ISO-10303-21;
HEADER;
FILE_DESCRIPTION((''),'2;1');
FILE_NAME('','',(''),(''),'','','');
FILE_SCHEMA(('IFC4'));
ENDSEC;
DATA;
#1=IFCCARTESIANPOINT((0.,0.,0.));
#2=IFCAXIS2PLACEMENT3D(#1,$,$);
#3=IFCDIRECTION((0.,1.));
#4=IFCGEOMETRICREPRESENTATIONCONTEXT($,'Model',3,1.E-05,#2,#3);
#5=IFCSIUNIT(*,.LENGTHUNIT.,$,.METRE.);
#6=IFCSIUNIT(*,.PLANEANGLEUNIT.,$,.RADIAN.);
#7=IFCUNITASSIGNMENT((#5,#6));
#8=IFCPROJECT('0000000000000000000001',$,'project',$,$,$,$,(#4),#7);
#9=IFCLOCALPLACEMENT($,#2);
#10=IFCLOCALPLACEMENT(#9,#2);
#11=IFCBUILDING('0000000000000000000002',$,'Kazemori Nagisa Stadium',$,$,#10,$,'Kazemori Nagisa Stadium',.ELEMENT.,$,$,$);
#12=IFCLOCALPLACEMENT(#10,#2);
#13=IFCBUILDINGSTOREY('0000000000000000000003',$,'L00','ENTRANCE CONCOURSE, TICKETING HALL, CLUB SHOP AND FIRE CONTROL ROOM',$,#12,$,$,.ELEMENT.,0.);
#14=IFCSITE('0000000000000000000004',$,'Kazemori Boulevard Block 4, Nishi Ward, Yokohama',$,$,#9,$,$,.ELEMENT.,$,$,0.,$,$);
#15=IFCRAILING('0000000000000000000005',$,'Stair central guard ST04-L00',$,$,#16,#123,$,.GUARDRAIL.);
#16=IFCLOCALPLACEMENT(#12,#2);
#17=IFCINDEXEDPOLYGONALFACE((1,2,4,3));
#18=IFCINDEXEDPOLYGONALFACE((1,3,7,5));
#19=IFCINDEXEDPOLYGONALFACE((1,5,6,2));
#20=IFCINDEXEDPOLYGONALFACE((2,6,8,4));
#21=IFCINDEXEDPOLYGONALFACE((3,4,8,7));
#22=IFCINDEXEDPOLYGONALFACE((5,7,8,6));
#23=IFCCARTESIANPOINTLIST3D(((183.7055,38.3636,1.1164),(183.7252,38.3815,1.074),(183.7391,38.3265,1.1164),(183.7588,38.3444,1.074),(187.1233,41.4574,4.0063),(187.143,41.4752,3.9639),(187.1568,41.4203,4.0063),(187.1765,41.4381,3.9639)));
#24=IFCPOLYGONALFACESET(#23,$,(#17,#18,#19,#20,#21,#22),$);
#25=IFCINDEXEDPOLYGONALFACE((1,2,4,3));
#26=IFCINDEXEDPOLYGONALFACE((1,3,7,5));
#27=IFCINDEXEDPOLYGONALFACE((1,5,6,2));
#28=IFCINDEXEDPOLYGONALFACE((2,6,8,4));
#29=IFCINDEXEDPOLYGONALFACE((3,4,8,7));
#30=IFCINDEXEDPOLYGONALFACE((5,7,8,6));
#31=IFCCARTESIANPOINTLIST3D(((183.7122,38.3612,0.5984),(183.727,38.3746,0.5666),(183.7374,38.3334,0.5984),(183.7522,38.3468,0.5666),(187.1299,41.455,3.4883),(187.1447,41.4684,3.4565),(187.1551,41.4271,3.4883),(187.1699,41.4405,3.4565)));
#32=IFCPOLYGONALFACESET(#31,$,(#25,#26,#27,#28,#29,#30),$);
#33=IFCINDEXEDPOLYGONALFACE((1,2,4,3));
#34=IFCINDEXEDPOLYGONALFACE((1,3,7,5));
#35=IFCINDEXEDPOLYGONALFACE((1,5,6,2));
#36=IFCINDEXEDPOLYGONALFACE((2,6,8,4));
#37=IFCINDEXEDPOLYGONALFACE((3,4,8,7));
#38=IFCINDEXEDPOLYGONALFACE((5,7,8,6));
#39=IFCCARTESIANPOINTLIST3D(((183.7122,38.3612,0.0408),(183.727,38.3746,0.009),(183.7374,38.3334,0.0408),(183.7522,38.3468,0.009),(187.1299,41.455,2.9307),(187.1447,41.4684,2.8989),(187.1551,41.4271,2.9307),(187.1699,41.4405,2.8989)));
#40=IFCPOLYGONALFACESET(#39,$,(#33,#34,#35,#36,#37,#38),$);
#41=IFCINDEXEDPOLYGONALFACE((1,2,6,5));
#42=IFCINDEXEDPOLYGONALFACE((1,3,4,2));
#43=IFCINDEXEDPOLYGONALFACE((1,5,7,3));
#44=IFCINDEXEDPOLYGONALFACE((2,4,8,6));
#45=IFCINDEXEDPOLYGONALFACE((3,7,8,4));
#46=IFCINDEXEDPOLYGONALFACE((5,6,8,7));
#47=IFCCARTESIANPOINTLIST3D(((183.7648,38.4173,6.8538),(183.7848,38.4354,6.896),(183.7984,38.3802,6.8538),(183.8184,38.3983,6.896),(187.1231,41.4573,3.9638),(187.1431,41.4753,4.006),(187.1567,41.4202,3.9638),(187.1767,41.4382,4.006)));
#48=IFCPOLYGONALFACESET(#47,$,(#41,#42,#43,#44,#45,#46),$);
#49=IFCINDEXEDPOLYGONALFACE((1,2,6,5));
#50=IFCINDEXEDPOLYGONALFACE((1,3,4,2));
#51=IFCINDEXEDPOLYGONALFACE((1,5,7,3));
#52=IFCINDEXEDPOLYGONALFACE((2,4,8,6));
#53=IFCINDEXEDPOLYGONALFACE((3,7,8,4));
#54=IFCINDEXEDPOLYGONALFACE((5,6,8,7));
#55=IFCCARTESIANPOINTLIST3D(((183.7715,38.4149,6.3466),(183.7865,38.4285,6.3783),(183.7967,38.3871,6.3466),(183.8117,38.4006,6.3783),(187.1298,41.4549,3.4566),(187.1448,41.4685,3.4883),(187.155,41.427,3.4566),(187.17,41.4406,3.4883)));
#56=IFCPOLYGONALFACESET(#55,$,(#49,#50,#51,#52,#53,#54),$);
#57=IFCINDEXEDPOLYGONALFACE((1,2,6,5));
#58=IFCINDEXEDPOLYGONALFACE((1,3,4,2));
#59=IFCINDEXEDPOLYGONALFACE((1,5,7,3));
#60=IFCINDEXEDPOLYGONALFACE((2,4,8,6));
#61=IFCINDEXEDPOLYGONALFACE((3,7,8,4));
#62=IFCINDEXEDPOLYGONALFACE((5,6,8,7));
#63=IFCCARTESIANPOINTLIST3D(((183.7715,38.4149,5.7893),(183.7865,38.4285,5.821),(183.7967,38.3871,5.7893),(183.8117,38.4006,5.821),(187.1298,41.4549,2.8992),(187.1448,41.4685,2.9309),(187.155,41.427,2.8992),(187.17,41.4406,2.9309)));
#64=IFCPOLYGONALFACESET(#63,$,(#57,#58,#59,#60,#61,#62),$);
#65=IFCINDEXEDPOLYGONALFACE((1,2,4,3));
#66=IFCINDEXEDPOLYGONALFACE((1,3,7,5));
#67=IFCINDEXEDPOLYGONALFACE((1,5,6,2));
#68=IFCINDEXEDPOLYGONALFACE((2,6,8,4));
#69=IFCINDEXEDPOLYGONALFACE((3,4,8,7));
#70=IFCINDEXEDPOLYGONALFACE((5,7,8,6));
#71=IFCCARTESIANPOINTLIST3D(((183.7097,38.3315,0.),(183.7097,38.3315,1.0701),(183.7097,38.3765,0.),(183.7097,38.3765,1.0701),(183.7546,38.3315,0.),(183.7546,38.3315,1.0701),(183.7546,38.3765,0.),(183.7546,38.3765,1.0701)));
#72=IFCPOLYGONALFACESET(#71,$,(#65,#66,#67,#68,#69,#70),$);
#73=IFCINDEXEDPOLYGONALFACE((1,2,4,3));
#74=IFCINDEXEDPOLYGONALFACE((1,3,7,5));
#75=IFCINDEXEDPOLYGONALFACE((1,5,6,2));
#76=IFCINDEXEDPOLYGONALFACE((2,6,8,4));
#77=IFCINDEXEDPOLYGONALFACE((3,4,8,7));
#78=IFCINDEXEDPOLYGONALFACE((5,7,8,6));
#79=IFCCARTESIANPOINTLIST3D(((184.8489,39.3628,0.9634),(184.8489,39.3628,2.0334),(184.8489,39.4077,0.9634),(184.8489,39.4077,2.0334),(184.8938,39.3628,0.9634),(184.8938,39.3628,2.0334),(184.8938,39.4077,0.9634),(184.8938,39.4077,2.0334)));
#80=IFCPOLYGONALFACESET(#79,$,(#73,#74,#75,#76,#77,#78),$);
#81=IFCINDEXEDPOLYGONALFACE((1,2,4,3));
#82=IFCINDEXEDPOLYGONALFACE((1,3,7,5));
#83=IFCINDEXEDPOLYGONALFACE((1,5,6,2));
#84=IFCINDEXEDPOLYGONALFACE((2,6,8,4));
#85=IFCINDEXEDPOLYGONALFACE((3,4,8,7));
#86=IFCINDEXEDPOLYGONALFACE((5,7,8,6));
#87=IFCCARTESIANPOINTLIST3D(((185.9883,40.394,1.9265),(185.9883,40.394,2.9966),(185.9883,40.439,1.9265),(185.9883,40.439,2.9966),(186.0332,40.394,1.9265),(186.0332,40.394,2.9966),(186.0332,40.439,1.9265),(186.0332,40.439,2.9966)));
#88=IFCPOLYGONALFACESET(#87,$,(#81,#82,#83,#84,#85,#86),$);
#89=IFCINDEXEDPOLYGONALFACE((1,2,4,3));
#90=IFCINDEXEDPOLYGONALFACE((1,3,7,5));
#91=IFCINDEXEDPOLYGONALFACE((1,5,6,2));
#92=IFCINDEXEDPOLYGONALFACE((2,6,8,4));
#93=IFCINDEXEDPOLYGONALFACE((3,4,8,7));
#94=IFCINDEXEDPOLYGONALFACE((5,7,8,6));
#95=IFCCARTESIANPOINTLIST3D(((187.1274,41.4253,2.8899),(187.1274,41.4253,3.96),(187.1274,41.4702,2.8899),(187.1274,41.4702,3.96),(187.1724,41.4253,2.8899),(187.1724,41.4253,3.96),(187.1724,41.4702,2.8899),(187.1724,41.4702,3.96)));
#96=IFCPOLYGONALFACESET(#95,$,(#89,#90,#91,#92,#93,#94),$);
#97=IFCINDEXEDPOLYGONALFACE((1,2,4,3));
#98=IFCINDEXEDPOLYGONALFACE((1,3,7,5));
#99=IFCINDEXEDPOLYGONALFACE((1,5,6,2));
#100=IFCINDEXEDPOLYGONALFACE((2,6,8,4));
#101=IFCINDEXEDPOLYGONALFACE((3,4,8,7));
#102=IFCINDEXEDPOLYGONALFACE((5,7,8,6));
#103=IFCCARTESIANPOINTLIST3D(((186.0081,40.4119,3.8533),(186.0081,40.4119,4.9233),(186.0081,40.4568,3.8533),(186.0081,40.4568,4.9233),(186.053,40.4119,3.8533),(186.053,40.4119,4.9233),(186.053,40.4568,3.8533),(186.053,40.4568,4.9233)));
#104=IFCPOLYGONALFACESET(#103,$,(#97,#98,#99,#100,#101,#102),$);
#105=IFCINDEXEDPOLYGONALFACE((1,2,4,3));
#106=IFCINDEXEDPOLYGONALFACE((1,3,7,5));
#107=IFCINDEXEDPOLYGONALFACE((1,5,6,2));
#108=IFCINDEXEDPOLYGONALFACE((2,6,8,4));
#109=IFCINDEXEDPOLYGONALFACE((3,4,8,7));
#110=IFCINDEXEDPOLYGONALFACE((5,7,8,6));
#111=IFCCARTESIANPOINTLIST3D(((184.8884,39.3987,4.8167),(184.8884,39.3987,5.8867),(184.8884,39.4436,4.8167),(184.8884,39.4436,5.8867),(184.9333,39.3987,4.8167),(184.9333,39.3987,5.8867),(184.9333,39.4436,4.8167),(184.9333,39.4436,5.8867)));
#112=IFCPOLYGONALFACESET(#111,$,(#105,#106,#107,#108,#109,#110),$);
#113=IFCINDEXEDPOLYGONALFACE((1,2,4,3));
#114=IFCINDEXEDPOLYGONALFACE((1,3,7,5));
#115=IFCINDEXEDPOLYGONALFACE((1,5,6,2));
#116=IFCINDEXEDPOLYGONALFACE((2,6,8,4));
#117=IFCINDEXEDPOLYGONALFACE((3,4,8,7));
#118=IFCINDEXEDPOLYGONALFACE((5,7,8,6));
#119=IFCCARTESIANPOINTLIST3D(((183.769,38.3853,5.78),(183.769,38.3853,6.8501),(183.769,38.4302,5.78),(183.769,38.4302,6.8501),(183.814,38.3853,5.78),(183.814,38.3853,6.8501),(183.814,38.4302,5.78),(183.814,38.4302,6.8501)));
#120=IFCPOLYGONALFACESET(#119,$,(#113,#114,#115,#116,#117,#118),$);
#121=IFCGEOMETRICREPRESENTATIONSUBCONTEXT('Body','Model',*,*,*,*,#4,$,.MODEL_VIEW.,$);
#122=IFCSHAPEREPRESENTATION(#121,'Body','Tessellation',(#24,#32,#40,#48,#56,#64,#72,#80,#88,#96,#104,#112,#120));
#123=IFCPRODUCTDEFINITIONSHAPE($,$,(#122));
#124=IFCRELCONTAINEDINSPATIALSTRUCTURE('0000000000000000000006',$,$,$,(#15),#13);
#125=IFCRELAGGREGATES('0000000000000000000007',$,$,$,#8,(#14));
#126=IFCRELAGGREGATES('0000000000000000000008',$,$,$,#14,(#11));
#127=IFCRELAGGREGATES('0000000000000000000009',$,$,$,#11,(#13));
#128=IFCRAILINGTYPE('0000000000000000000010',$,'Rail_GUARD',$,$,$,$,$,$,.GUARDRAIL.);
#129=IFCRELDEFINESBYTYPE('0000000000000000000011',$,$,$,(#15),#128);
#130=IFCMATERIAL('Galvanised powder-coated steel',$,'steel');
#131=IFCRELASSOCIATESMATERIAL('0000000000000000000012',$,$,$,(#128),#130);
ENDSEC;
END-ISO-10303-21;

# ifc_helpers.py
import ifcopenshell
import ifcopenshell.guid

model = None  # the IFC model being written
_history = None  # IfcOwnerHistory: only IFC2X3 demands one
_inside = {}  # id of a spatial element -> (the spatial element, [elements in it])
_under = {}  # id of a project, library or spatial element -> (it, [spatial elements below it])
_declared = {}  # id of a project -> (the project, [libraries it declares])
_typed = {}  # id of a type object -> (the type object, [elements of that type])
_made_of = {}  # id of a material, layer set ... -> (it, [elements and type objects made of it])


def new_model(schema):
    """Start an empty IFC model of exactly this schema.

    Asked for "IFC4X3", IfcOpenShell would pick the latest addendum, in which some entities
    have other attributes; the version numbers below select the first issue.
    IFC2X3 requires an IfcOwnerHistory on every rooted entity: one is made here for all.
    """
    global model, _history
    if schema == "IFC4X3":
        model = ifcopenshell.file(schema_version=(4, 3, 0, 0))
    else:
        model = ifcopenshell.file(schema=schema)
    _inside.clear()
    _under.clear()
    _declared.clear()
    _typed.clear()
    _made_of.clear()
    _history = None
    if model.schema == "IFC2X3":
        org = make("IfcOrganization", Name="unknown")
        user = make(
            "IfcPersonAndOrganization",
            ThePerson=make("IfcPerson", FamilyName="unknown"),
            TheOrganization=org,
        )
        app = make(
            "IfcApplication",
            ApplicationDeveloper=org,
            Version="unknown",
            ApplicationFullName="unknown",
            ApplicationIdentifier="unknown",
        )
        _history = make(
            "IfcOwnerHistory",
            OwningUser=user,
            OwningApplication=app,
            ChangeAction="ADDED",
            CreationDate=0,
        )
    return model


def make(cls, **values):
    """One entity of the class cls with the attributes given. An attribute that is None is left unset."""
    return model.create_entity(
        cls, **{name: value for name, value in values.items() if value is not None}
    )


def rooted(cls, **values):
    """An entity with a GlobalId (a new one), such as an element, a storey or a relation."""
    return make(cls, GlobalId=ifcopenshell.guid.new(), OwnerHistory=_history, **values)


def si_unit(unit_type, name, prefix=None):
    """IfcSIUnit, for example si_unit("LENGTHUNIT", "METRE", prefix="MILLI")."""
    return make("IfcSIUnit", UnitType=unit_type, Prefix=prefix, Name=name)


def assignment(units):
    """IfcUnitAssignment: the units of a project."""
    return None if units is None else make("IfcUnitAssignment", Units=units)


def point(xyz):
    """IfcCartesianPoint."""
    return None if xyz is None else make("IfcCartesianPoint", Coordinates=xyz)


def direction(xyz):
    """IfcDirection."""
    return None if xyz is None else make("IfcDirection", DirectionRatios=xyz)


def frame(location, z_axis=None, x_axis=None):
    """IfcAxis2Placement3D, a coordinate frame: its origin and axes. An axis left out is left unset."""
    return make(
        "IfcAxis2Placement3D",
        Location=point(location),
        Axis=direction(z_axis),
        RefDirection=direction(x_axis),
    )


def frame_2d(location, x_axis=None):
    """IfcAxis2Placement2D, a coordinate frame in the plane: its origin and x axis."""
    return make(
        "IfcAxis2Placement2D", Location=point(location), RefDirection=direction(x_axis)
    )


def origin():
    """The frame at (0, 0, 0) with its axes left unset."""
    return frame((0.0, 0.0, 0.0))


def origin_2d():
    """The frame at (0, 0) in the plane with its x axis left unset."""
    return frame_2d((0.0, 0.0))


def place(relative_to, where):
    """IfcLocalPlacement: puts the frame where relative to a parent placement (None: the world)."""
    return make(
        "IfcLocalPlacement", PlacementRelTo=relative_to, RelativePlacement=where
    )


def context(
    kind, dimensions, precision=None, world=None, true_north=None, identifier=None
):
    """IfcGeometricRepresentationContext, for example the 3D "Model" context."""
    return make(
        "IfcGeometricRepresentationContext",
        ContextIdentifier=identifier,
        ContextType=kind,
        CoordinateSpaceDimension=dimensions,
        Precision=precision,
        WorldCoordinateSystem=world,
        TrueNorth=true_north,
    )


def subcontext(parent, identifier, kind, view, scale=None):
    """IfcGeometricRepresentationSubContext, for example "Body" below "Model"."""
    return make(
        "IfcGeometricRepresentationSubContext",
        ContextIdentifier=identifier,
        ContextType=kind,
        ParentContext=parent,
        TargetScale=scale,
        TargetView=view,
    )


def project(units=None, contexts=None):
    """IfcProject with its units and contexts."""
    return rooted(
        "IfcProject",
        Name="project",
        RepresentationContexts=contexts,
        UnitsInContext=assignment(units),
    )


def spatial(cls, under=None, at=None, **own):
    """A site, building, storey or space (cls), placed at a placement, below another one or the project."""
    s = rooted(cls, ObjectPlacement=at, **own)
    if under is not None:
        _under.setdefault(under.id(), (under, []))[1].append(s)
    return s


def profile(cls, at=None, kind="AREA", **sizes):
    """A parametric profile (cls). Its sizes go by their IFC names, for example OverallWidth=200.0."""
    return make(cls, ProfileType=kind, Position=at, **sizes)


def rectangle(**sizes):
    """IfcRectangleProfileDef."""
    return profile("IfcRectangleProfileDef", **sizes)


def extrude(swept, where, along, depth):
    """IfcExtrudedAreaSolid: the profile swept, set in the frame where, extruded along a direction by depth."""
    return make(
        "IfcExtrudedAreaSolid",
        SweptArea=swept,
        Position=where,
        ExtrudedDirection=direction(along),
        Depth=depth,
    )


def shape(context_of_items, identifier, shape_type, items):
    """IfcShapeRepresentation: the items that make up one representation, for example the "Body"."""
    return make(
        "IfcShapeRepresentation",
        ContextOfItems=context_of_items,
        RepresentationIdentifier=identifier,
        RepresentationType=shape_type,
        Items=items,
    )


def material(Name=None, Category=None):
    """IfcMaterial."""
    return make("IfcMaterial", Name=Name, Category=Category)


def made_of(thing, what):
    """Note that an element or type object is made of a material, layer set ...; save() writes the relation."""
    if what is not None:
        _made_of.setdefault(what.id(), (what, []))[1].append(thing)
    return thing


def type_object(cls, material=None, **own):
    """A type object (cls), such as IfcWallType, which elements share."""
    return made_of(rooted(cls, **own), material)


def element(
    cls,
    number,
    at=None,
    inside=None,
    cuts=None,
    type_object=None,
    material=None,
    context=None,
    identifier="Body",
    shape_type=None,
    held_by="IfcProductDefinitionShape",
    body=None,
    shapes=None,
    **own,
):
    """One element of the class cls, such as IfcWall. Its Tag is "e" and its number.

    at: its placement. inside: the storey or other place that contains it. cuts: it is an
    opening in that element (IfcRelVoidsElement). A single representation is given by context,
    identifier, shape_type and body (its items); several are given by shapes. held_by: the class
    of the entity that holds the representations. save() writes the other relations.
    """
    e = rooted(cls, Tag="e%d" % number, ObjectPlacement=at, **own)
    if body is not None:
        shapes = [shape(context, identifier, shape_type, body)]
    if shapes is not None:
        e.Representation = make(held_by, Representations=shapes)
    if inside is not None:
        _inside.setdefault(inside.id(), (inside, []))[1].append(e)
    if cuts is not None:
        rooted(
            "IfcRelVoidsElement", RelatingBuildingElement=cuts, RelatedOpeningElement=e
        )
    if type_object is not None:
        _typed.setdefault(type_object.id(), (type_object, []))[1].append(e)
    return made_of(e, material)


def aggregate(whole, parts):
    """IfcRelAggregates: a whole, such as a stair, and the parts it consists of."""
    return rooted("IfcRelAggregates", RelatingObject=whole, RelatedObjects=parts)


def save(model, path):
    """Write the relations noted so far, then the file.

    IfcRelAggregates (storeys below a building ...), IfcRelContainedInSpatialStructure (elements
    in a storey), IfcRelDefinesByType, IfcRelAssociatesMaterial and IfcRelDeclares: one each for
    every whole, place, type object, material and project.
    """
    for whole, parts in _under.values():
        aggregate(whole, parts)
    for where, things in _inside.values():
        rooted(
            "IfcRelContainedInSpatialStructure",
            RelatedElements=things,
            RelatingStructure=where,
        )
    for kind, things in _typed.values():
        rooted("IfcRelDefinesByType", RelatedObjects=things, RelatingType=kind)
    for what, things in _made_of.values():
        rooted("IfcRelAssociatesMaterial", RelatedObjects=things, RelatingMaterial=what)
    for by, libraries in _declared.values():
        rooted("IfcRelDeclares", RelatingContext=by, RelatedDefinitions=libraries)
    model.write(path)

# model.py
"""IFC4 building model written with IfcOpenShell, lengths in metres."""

from ifc_helpers import new_model, si_unit, direction, frame, origin, origin_2d, place, context, subcontext, project, spatial, rectangle, extrude, material, type_object, element, save


model = new_model("IFC4")

# Units and contexts
model_context = context("Model", 3, precision=1e-05, world=origin(), true_north=direction((0.0, 1.0)))
body_context = subcontext(model_context, "Body", "Model", "MODEL_VIEW")
ifc_project = project(units=[si_unit("LENGTHUNIT", "METRE"), si_unit("PLANEANGLEUNIT", "RADIAN")], contexts=[model_context])

# Site, building, storey
site_placement = place(None, origin())
site = spatial("IfcSite", under=ifc_project, at=site_placement, Name="Kazemori Boulevard Block 4, Nishi Ward, Yokohama", CompositionType="ELEMENT", RefElevation=0.0)
building_placement = place(site_placement, origin())
building = spatial("IfcBuilding", under=site, at=building_placement, Name="Kazemori Nagisa Stadium", LongName="Kazemori Nagisa Stadium", CompositionType="ELEMENT")
storey_placement = place(building_placement, origin())
storey = spatial("IfcBuildingStorey", under=building, at=storey_placement, Name="L00", Description="ENTRANCE CONCOURSE, TICKETING HALL, CLUB SHOP AND FIRE CONTROL ROOM", CompositionType="ELEMENT", Elevation=0.0)

# Railing
ifc_material_1 = material(Name="Galvanised powder-coated steel", Category="steel")
railing_type_1 = type_object("IfcRailingType", Name="Rail_GUARD", PredefinedType="GUARDRAIL", material=ifc_material_1)
railing_1_placement = place(storey_placement, frame((183.7322, 38.354, 0.0)))
element("IfcRailing", 1, at=railing_1_placement, inside=storey, type_object=railing_type_1, Name="Stair central guard ST04-L00", PredefinedType="GUARDRAIL", context=body_context, shape_type="SweptSolid", body=[
    extrude(rectangle(XDim=0.05, YDim=0.05, at=origin_2d()), frame((0.0, 0.0, 1.0952), z_axis=(0.628152, 0.568608, 0.53114), x_axis=(-0.671095, 0.741371, 0.0)), (0.0, 0.0, 1.0), 5.4409),
    extrude(rectangle(XDim=0.0376, YDim=0.0376, at=origin_2d()), frame((0.0, 0.0, 0.5825), z_axis=(0.628152, 0.568608, 0.53114), x_axis=(-0.671095, 0.741371, 0.0)), (0.0, 0.0, 1.0), 5.4409),
    extrude(rectangle(XDim=0.0376, YDim=0.0376, at=origin_2d()), frame((0.0, 0.0, 0.0249), z_axis=(0.628152, 0.568608, 0.53114), x_axis=(-0.671095, 0.741371, 0.0)), (0.0, 0.0, 1.0), 5.4409),
    extrude(rectangle(XDim=0.05, YDim=0.05, at=origin_2d()), frame((3.4177, 3.0938, 3.9849), z_axis=(-0.625003, -0.565756, 0.537859), x_axis=(0.671094, -0.741372, 0.0)), (0.0, 0.0, 1.0), 5.3733),
    extrude(rectangle(XDim=0.0376, YDim=0.0376, at=origin_2d()), frame((3.4177, 3.0938, 3.4724), z_axis=(-0.625003, -0.565756, 0.537859), x_axis=(0.671094, -0.741372, 0.0)), (0.0, 0.0, 1.0), 5.3733),
    extrude(rectangle(XDim=0.0376, YDim=0.0376, at=origin_2d()), frame((3.4177, 3.0938, 2.915), z_axis=(-0.625003, -0.565756, 0.537859), x_axis=(0.671094, -0.741372, 0.0)), (0.0, 0.0, 1.0), 5.3733),
    extrude(rectangle(XDim=0.0449, YDim=0.0449, at=origin_2d()), origin(), (0.0, 0.0, 1.0), 1.0701),
    extrude(rectangle(XDim=0.0449, YDim=0.0449, at=origin_2d()), frame((1.1392, 1.0312, 0.9634)), (0.0, 0.0, 1.0), 1.0701),
    extrude(rectangle(XDim=0.0449, YDim=0.0449, at=origin_2d()), frame((2.2786, 2.0625, 1.9265)), (0.0, 0.0, 1.0), 1.0701),
    extrude(rectangle(XDim=0.0449, YDim=0.0449, at=origin_2d()), frame((3.4177, 3.0938, 2.8899)), (0.0, 0.0, 1.0), 1.0701),
    extrude(rectangle(XDim=0.0449, YDim=0.0449, at=origin_2d()), frame((2.2983, 2.0803, 3.8533)), (0.0, 0.0, 1.0), 1.0701),
    extrude(rectangle(XDim=0.0449, YDim=0.0449, at=origin_2d()), frame((1.1787, 1.0671, 4.8167)), (0.0, 0.0, 1.0), 1.0701),
    extrude(rectangle(XDim=0.0449, YDim=0.0449, at=origin_2d()), frame((0.0593, 0.0537, 5.78)), (0.0, 0.0, 1.0), 1.0701),
])

save(model, "model.ifc")
